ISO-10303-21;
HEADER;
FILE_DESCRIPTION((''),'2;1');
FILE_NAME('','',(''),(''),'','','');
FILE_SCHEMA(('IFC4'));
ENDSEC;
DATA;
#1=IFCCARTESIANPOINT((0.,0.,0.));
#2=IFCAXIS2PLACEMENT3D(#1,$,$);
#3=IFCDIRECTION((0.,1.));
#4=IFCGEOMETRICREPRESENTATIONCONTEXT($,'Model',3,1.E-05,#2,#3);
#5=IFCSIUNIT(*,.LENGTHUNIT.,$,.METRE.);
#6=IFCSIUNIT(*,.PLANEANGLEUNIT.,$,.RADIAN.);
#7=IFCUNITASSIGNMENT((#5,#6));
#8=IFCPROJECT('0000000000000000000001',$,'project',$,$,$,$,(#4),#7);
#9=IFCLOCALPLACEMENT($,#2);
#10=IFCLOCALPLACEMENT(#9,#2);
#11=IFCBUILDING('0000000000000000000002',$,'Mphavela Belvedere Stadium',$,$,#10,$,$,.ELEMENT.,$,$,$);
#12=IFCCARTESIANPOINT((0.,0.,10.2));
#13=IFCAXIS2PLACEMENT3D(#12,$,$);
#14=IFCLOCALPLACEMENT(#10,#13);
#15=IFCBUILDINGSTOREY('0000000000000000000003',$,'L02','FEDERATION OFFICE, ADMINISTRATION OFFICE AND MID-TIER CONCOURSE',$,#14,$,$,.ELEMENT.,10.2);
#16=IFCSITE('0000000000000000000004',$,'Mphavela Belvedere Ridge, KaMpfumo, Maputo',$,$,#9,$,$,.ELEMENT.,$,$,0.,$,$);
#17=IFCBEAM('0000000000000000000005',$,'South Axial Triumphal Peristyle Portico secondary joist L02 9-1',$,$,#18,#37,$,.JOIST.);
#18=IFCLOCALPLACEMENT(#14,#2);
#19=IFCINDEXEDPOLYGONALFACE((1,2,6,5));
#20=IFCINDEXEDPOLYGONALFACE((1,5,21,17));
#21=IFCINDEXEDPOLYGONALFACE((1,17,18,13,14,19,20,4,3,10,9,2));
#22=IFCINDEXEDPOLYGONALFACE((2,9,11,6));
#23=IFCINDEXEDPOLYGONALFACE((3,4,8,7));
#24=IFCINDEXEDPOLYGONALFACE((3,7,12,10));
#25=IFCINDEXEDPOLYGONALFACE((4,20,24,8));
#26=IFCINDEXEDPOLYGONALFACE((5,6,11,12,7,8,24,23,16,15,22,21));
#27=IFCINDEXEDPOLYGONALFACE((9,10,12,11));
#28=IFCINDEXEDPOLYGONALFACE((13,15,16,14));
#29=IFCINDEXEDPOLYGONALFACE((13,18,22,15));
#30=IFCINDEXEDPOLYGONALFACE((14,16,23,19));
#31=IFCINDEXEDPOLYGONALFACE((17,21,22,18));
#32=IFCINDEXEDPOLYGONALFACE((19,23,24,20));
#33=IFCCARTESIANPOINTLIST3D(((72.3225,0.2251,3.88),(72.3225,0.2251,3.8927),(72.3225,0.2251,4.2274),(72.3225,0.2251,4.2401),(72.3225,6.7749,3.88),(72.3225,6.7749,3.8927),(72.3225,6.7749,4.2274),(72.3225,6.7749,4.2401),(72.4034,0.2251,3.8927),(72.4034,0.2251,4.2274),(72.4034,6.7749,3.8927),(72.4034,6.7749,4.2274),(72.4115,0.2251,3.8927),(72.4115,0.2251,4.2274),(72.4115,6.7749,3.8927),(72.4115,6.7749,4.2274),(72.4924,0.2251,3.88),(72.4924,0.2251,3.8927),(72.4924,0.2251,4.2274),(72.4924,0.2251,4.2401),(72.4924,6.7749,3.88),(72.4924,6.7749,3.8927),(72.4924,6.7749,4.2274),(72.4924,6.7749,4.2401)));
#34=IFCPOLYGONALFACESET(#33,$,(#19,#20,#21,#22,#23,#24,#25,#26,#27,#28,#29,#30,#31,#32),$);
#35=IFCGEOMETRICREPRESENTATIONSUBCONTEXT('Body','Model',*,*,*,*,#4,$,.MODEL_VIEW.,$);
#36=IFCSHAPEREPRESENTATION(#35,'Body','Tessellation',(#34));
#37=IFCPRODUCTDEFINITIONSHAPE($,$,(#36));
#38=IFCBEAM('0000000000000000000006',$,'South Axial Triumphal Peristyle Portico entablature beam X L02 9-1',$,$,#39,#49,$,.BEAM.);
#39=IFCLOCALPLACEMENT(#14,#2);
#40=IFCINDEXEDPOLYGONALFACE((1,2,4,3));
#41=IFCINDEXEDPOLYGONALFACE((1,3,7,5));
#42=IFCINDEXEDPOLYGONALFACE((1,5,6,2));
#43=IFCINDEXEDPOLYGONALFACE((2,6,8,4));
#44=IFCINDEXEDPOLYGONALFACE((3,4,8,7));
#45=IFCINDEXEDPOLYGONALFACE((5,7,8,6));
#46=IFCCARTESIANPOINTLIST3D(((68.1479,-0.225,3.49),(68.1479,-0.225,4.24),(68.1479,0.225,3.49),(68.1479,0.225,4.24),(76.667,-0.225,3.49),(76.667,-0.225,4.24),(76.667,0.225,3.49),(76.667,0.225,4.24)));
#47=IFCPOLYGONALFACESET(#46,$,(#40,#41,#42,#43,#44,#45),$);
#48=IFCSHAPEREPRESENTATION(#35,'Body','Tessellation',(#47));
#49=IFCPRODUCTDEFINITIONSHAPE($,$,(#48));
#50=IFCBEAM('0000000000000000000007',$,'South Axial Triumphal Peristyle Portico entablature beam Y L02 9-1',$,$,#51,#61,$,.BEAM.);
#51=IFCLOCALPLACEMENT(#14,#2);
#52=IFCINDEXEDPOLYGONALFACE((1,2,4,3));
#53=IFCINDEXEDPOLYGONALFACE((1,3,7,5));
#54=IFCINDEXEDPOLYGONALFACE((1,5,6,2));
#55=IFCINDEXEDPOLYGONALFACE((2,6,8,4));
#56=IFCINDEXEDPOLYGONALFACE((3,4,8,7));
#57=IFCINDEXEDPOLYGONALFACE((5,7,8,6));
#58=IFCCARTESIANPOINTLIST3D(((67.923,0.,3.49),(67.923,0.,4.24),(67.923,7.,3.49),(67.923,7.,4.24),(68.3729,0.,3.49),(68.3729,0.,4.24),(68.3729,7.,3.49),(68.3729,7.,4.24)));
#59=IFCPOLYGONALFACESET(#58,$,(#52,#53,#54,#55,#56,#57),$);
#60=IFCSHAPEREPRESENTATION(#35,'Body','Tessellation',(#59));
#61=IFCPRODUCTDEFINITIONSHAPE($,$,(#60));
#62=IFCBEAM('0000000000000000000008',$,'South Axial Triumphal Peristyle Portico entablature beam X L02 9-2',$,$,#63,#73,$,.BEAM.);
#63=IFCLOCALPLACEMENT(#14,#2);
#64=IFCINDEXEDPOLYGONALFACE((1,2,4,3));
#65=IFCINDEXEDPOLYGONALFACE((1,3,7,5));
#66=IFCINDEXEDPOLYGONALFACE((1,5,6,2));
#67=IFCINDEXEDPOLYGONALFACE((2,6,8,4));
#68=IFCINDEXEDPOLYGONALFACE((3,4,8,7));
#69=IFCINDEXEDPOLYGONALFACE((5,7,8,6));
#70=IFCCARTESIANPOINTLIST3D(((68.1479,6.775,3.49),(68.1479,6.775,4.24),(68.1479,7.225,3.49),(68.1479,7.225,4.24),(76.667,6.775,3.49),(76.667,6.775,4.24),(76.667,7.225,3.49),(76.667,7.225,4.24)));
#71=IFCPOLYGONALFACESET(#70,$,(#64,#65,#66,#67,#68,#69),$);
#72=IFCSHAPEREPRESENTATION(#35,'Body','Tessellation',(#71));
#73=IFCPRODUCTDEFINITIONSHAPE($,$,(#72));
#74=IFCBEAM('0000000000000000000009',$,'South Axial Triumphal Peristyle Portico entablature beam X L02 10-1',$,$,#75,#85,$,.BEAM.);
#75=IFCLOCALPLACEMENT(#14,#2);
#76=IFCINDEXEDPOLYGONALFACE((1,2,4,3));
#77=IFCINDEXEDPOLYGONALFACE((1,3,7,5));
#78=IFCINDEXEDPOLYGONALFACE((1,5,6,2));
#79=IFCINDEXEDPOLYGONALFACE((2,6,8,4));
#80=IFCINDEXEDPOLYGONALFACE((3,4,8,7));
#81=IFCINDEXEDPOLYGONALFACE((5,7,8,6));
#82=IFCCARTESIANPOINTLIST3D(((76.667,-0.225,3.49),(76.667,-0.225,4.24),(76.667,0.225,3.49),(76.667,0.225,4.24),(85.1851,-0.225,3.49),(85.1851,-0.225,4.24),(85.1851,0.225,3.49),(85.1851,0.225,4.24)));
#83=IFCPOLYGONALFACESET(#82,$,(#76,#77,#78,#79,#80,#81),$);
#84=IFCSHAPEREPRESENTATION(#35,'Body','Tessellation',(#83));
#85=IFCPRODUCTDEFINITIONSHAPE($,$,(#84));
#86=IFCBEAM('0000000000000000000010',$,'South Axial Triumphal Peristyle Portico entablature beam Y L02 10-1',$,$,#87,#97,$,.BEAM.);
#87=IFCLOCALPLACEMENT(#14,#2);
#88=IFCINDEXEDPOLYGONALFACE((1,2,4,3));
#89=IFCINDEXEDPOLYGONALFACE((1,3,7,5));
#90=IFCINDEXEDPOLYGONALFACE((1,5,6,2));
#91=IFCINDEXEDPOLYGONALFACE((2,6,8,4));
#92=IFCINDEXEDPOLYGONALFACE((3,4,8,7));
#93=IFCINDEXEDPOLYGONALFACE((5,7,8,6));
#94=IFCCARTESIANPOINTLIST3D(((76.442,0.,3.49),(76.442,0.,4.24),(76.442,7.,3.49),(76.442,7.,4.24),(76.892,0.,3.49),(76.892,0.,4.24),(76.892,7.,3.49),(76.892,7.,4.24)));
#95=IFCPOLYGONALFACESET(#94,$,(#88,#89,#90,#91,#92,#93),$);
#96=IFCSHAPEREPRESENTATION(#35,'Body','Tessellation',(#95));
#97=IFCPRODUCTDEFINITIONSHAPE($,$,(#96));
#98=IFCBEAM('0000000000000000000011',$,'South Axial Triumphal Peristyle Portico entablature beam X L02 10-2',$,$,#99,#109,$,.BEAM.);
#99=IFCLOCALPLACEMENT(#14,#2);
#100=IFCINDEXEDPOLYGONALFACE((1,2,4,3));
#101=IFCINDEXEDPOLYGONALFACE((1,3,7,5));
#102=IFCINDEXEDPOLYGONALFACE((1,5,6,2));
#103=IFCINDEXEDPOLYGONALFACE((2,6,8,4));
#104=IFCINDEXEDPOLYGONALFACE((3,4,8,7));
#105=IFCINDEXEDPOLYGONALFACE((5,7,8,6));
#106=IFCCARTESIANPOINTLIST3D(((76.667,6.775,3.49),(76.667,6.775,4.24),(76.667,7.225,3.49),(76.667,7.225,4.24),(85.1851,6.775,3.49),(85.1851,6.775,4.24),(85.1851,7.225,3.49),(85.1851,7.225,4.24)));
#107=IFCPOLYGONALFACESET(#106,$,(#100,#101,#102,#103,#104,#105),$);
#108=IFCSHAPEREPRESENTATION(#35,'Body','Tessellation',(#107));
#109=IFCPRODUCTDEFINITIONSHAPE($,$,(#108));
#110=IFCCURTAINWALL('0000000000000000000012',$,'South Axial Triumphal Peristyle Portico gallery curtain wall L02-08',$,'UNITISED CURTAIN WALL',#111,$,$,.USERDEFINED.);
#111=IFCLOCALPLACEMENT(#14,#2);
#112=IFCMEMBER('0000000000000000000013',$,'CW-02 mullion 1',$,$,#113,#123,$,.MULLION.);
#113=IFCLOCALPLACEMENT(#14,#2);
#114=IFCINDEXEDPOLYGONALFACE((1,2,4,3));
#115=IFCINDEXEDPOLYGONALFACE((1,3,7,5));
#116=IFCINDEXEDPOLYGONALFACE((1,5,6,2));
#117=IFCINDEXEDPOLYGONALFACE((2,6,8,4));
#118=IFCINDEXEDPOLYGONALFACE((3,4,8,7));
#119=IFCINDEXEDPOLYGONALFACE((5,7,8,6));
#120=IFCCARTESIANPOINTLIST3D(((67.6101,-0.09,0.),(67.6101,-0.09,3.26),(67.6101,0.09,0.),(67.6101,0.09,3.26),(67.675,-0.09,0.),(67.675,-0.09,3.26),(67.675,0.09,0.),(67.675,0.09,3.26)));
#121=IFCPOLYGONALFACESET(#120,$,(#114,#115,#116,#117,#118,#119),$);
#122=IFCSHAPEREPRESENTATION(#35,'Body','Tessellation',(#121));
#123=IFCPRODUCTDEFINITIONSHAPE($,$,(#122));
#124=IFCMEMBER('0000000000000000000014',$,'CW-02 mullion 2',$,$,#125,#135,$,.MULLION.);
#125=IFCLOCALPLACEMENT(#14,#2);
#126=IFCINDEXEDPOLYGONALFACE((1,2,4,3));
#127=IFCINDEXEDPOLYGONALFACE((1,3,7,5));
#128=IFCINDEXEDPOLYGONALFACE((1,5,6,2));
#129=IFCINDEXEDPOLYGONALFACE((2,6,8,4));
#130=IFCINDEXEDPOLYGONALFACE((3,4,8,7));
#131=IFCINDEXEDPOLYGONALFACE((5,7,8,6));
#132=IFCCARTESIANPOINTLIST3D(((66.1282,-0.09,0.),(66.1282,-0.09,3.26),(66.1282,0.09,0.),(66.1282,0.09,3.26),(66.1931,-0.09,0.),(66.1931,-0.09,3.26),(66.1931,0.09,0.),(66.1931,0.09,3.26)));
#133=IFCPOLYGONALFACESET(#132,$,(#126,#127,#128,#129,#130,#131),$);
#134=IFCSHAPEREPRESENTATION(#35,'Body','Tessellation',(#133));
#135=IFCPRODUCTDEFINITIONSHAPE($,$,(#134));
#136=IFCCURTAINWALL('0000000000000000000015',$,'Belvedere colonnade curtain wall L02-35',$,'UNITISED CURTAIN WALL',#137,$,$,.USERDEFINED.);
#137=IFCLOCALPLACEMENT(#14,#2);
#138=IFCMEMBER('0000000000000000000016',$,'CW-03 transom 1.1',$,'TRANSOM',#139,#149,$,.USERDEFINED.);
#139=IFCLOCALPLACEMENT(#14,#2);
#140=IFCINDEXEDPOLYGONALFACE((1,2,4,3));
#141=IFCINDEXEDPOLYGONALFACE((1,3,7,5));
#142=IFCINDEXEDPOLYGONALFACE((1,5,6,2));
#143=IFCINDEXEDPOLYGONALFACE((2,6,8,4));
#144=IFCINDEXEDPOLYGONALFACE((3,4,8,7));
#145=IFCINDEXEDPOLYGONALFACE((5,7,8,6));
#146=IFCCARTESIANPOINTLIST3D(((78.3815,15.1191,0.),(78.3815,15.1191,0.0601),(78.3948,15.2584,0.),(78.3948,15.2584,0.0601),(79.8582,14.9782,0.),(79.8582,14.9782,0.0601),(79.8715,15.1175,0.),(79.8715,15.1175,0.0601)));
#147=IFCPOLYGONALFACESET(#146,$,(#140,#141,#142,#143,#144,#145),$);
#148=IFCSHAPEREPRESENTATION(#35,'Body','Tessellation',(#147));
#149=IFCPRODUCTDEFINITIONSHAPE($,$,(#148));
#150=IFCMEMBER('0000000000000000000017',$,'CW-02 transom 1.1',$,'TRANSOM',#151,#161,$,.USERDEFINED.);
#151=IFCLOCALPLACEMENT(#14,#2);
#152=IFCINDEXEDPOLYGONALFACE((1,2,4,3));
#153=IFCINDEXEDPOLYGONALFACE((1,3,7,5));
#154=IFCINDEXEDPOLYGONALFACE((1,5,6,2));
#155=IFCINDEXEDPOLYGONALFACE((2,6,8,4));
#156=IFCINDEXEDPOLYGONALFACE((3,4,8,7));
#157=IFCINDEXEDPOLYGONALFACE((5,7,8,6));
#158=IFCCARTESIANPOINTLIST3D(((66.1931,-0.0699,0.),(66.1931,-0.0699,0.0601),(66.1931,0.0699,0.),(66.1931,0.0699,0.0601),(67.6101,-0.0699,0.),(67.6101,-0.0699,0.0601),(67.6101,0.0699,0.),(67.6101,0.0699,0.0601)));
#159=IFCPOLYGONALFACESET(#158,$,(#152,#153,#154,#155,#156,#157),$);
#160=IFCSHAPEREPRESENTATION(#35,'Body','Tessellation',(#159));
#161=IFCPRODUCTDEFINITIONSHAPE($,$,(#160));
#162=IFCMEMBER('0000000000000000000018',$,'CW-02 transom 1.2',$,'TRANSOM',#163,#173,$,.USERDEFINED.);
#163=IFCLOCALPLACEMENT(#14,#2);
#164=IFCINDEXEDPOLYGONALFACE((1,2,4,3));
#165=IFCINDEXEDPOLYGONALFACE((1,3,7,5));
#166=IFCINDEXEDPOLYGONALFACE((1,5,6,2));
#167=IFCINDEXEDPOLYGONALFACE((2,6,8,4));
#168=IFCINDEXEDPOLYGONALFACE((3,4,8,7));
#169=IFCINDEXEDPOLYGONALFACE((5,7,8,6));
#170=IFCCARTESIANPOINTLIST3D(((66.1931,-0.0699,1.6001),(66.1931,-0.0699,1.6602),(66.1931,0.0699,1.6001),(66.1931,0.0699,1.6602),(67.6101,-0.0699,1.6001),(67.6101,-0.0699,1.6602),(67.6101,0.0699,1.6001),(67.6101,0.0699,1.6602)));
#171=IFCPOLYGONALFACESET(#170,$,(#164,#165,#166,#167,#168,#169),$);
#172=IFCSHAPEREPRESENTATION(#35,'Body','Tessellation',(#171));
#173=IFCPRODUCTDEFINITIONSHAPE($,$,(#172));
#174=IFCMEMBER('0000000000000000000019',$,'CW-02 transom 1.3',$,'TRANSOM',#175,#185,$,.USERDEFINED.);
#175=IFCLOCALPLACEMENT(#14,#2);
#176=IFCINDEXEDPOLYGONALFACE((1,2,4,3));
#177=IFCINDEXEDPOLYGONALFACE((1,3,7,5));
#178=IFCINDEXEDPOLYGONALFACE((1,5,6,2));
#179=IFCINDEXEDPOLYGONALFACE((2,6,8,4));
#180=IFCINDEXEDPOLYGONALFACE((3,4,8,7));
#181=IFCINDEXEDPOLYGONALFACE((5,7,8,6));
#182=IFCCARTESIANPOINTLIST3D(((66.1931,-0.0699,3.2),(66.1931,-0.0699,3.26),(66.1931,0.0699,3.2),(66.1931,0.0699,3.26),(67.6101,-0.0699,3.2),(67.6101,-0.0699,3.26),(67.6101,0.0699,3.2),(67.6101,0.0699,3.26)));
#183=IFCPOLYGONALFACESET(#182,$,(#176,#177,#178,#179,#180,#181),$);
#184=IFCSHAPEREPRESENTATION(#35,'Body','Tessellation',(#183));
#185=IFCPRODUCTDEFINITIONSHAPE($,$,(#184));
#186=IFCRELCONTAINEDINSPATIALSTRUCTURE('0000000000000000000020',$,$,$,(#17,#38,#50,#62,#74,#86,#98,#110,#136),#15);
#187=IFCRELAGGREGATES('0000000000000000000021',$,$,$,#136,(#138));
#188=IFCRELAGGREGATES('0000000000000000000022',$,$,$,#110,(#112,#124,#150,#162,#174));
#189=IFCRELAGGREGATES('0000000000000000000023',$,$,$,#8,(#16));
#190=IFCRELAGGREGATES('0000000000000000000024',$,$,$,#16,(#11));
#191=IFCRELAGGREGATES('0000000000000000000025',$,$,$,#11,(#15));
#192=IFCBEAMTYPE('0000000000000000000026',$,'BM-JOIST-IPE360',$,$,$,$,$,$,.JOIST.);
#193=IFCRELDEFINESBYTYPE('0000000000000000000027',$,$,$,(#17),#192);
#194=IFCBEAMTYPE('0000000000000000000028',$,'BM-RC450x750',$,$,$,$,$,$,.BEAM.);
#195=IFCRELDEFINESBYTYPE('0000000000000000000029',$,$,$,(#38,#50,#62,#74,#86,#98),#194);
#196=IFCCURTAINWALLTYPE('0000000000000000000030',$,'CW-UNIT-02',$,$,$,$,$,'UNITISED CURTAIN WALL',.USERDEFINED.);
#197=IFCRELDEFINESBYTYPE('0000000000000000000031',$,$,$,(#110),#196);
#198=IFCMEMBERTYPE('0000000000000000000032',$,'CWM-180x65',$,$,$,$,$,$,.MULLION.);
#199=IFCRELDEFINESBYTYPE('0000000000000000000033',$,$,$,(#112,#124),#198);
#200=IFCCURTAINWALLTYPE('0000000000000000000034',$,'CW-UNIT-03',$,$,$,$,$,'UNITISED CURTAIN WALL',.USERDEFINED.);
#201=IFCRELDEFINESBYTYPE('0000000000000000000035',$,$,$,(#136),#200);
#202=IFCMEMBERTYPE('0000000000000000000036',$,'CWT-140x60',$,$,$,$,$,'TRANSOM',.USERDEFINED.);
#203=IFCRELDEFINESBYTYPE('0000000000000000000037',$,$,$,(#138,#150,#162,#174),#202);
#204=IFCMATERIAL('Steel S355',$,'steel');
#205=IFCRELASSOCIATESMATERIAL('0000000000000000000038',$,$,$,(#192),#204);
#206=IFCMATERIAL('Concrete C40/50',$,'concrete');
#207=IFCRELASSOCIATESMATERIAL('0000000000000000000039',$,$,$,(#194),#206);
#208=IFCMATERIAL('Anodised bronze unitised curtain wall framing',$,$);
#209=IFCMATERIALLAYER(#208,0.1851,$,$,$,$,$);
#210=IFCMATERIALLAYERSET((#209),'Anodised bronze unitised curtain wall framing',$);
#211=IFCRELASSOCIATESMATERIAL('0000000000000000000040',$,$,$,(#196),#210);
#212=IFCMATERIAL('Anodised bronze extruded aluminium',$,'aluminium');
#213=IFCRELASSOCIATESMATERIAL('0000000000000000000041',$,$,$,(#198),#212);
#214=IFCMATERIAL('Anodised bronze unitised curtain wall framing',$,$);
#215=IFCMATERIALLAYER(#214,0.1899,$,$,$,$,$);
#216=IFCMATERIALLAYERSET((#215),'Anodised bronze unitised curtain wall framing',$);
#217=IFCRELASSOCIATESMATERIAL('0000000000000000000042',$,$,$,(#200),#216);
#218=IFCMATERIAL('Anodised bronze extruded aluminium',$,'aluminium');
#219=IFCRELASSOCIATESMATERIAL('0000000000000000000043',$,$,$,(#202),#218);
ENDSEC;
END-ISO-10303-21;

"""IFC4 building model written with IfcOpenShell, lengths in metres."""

from ifc_helpers import new_model, si_unit, direction, frame, origin, origin_2d, place, context, subcontext, project, spatial, rectangle, i_section, extrude, material, layer, layer_set, material_profile, profile_set, type_object, element, aggregate, save


model = new_model("IFC4")

# Units and contexts
model_context = context("Model", 3, precision=1e-05, world=origin(), true_north=direction((0.0, 1.0)))
body_context = subcontext(model_context, "Body", "Model", "MODEL_VIEW")
ifc_project = project(units=[si_unit("LENGTHUNIT", "METRE"), si_unit("PLANEANGLEUNIT", "RADIAN")], contexts=[model_context])

# Site, building, storey
site_placement = place(None, origin())
site = spatial("IfcSite", under=ifc_project, at=site_placement, Name="Mphavela Belvedere Ridge, KaMpfumo, Maputo", CompositionType="ELEMENT", RefElevation=0.0)
building_placement = place(site_placement, origin())
building = spatial("IfcBuilding", under=site, at=building_placement, Name="Mphavela Belvedere Stadium", CompositionType="ELEMENT")
storey_placement = place(building_placement, frame((0.0, 0.0, 10.2)))
storey = spatial("IfcBuildingStorey", under=building, at=storey_placement, Name="L02", Description="FEDERATION OFFICE, ADMINISTRATION OFFICE AND MID-TIER CONCOURSE", CompositionType="ELEMENT", Elevation=10.2)

# Beams
ifc_material_1 = material(Name="Steel S355", Category="steel")
ifc_material_profile_1 = material_profile(ifc_material_1, i_section(OverallWidth=0.1699, OverallDepth=0.3601, WebThickness=0.0081, FlangeThickness=0.0127, at=origin_2d()), Name="IPE 360")
ifc_profile_set_1 = profile_set([ifc_material_profile_1], Name="Steel S355")
beam_type_1 = type_object("IfcBeamType", Name="BM-JOIST-IPE360", PredefinedType="JOIST", material=ifc_profile_set_1)
beam_1_placement = place(storey_placement, frame((72.4075, 0.2251, 4.0601), z_axis=(0.0, 1.0, 0.0), x_axis=(-1.0, 0.0, 0.0)))
element("IfcBeam", 1, at=beam_1_placement, inside=storey, type_object=beam_type_1, Name="South Axial Triumphal Peristyle Portico secondary joist L02 9-1", PredefinedType="JOIST", context=body_context, shape_type="SweptSolid", body=[
    extrude(i_section(OverallWidth=0.1699, OverallDepth=0.3601, WebThickness=0.0081, FlangeThickness=0.0127, at=origin_2d()), origin(), (0.0, 0.0, 1.0), 6.5498),
])
ifc_material_2 = material(Name="Concrete C40/50", Category="concrete")
ifc_material_profile_2 = material_profile(ifc_material_2, rectangle(XDim=0.45, YDim=0.75, at=origin_2d()), Name="RC 450x750")
ifc_profile_set_2 = profile_set([ifc_material_profile_2], Name="Concrete C40/50")
beam_type_2 = type_object("IfcBeamType", Name="BM-RC450x750", PredefinedType="BEAM", material=ifc_profile_set_2)
beam_2_placement = place(storey_placement, frame((68.1479, 0.0, 3.865), z_axis=(1.0, 0.0, 0.0), x_axis=(0.0, 1.0, 0.0)))
element("IfcBeam", 2, at=beam_2_placement, inside=storey, type_object=beam_type_2, Name="South Axial Triumphal Peristyle Portico entablature beam X L02 9-1", PredefinedType="BEAM", context=body_context, shape_type="SweptSolid", body=[
    extrude(rectangle(XDim=0.45, YDim=0.75, at=origin_2d()), origin(), (0.0, 0.0, 1.0), 8.519),
])
beam_3_placement = place(storey_placement, frame((68.1479, 0.0, 3.865), z_axis=(0.0, 1.0, 0.0), x_axis=(-1.0, 0.0, 0.0)))
element("IfcBeam", 3, at=beam_3_placement, inside=storey, type_object=beam_type_2, Name="South Axial Triumphal Peristyle Portico entablature beam Y L02 9-1", PredefinedType="BEAM", context=body_context, shape_type="SweptSolid", body=[
    extrude(rectangle(XDim=0.45, YDim=0.75, at=origin_2d()), origin(), (0.0, 0.0, 1.0), 7.0),
])
beam_4_placement = place(storey_placement, frame((68.1479, 7.0, 3.865), z_axis=(1.0, 0.0, 0.0), x_axis=(0.0, 1.0, 0.0)))
element("IfcBeam", 4, at=beam_4_placement, inside=storey, type_object=beam_type_2, Name="South Axial Triumphal Peristyle Portico entablature beam X L02 9-2", PredefinedType="BEAM", context=body_context, shape_type="SweptSolid", body=[
    extrude(rectangle(XDim=0.45, YDim=0.75, at=origin_2d()), origin(), (0.0, 0.0, 1.0), 8.519),
])
beam_5_placement = place(storey_placement, frame((76.667, 0.0, 3.865), z_axis=(1.0, 0.0, 0.0), x_axis=(0.0, 1.0, 0.0)))
element("IfcBeam", 5, at=beam_5_placement, inside=storey, type_object=beam_type_2, Name="South Axial Triumphal Peristyle Portico entablature beam X L02 10-1", PredefinedType="BEAM", context=body_context, shape_type="SweptSolid", body=[
    extrude(rectangle(XDim=0.45, YDim=0.75, at=origin_2d()), origin(), (0.0, 0.0, 1.0), 8.5181),
])
beam_6_placement = place(storey_placement, frame((76.667, 0.0, 3.865), z_axis=(0.0, 1.0, 0.0), x_axis=(-1.0, 0.0, 0.0)))
element("IfcBeam", 6, at=beam_6_placement, inside=storey, type_object=beam_type_2, Name="South Axial Triumphal Peristyle Portico entablature beam Y L02 10-1", PredefinedType="BEAM", context=body_context, shape_type="SweptSolid", body=[
    extrude(rectangle(XDim=0.45, YDim=0.75, at=origin_2d()), origin(), (0.0, 0.0, 1.0), 7.0),
])
beam_7_placement = place(storey_placement, frame((76.667, 7.0, 3.865), z_axis=(1.0, 0.0, 0.0), x_axis=(0.0, 1.0, 0.0)))
element("IfcBeam", 7, at=beam_7_placement, inside=storey, type_object=beam_type_2, Name="South Axial Triumphal Peristyle Portico entablature beam X L02 10-2", PredefinedType="BEAM", context=body_context, shape_type="SweptSolid", body=[
    extrude(rectangle(XDim=0.45, YDim=0.75, at=origin_2d()), origin(), (0.0, 0.0, 1.0), 8.5181),
])

# Curtain wall, members
ifc_material_3 = material(Name="Anodised bronze unitised curtain wall framing")
ifc_layer_1 = layer(ifc_material_3, 0.1851)
ifc_layer_set_1 = layer_set([ifc_layer_1], Name="Anodised bronze unitised curtain wall framing")
curtain_wall_type_1 = type_object("IfcCurtainWallType", Name="CW-UNIT-02", ElementType="UNITISED CURTAIN WALL", PredefinedType="USERDEFINED", material=ifc_layer_set_1)
curtain_wall_1_placement = place(storey_placement, origin())
curtain_wall_1 = element("IfcCurtainWall", 8, at=curtain_wall_1_placement, inside=storey, type_object=curtain_wall_type_1, Name="South Axial Triumphal Peristyle Portico gallery curtain wall L02-08", ObjectType="UNITISED CURTAIN WALL", PredefinedType="USERDEFINED")
ifc_material_4 = material(Name="Anodised bronze extruded aluminium", Category="aluminium")
ifc_material_profile_3 = material_profile(ifc_material_4, rectangle(XDim=0.1799, YDim=0.0649, at=origin_2d()), Name="CW-MUL 180x65")
ifc_profile_set_3 = profile_set([ifc_material_profile_3], Name="Anodised bronze extruded aluminium")
member_type_1 = type_object("IfcMemberType", Name="CWM-180x65", PredefinedType="MULLION", material=ifc_profile_set_3)
member_1_placement = place(storey_placement, frame((67.6426, 0.0, 0.0), z_axis=(0.0, 0.0, 1.0), x_axis=(0.0, -1.0, 0.0)))
member_1 = element("IfcMember", 9, at=member_1_placement, type_object=member_type_1, Name="CW-02 mullion 1", PredefinedType="MULLION", context=body_context, shape_type="SweptSolid", body=[
    extrude(rectangle(XDim=0.1799, YDim=0.0649, at=origin_2d()), origin(), (0.0, 0.0, 1.0), 3.26),
])
member_2_placement = place(storey_placement, frame((66.1606, 0.0, 0.0), z_axis=(0.0, 0.0, 1.0), x_axis=(0.0, -1.0, 0.0)))
member_2 = element("IfcMember", 10, at=member_2_placement, type_object=member_type_1, Name="CW-02 mullion 2", PredefinedType="MULLION", context=body_context, shape_type="SweptSolid", body=[
    extrude(rectangle(XDim=0.1799, YDim=0.0649, at=origin_2d()), origin(), (0.0, 0.0, 1.0), 3.26),
])

# Curtain wall, member
ifc_material_5 = material(Name="Anodised bronze unitised curtain wall framing")
ifc_layer_2 = layer(ifc_material_5, 0.1899)
ifc_layer_set_2 = layer_set([ifc_layer_2], Name="Anodised bronze unitised curtain wall framing")
curtain_wall_type_2 = type_object("IfcCurtainWallType", Name="CW-UNIT-03", ElementType="UNITISED CURTAIN WALL", PredefinedType="USERDEFINED", material=ifc_layer_set_2)
curtain_wall_2_placement = place(storey_placement, origin())
curtain_wall_2 = element("IfcCurtainWall", 11, at=curtain_wall_2_placement, inside=storey, type_object=curtain_wall_type_2, Name="Belvedere colonnade curtain wall L02-35", ObjectType="UNITISED CURTAIN WALL", PredefinedType="USERDEFINED")
ifc_material_6 = material(Name="Anodised bronze extruded aluminium", Category="aluminium")
ifc_material_profile_4 = material_profile(ifc_material_6, rectangle(XDim=0.1399, YDim=0.0601, at=origin_2d()), Name="CW-TRN 140x60")
ifc_profile_set_4 = profile_set([ifc_material_profile_4], Name="Anodised bronze extruded aluminium")
member_type_2 = type_object("IfcMemberType", Name="CWT-140x60", ElementType="TRANSOM", PredefinedType="USERDEFINED", material=ifc_profile_set_4)
member_3_placement = place(storey_placement, frame((78.3882, 15.1887, 0.03), z_axis=(0.995481, -0.094957, 0.0), x_axis=(0.094957, 0.995481, 0.0)))
member_3 = element("IfcMember", 12, at=member_3_placement, type_object=member_type_2, Name="CW-03 transom 1.1", ObjectType="TRANSOM", PredefinedType="USERDEFINED", context=body_context, shape_type="SweptSolid", body=[
    extrude(rectangle(XDim=0.1399, YDim=0.0601, at=origin_2d()), origin(), (0.0, 0.0, 1.0), 1.4834),
])

# Members
member_4_placement = place(storey_placement, frame((67.6101, 0.0, 0.03), z_axis=(-1.0, 0.0, 0.0), x_axis=(0.0, -1.0, 0.0)))
member_4 = element("IfcMember", 13, at=member_4_placement, type_object=member_type_2, Name="CW-02 transom 1.1", ObjectType="TRANSOM", PredefinedType="USERDEFINED", context=body_context, shape_type="SweptSolid", body=[
    extrude(rectangle(XDim=0.1399, YDim=0.0601, at=origin_2d()), origin(), (0.0, 0.0, 1.0), 1.417),
])
member_5_placement = place(storey_placement, frame((67.6101, 0.0, 1.6301), z_axis=(-1.0, 0.0, 0.0), x_axis=(0.0, -1.0, 0.0)))
member_5 = element("IfcMember", 14, at=member_5_placement, type_object=member_type_2, Name="CW-02 transom 1.2", ObjectType="TRANSOM", PredefinedType="USERDEFINED", context=body_context, shape_type="SweptSolid", body=[
    extrude(rectangle(XDim=0.1399, YDim=0.0601, at=origin_2d()), origin(), (0.0, 0.0, 1.0), 1.417),
])
member_6_placement = place(storey_placement, frame((67.6101, 0.0, 3.23), z_axis=(-1.0, 0.0, 0.0), x_axis=(0.0, -1.0, 0.0)))
member_6 = element("IfcMember", 15, at=member_6_placement, type_object=member_type_2, Name="CW-02 transom 1.3", ObjectType="TRANSOM", PredefinedType="USERDEFINED", context=body_context, shape_type="SweptSolid", body=[
    extrude(rectangle(XDim=0.1399, YDim=0.0601, at=origin_2d()), origin(), (0.0, 0.0, 1.0), 1.417),
])

aggregate(curtain_wall_2, [member_3])
aggregate(curtain_wall_1, [member_1, member_2, member_4, member_5, member_6])

save(model, "model.ifc")
